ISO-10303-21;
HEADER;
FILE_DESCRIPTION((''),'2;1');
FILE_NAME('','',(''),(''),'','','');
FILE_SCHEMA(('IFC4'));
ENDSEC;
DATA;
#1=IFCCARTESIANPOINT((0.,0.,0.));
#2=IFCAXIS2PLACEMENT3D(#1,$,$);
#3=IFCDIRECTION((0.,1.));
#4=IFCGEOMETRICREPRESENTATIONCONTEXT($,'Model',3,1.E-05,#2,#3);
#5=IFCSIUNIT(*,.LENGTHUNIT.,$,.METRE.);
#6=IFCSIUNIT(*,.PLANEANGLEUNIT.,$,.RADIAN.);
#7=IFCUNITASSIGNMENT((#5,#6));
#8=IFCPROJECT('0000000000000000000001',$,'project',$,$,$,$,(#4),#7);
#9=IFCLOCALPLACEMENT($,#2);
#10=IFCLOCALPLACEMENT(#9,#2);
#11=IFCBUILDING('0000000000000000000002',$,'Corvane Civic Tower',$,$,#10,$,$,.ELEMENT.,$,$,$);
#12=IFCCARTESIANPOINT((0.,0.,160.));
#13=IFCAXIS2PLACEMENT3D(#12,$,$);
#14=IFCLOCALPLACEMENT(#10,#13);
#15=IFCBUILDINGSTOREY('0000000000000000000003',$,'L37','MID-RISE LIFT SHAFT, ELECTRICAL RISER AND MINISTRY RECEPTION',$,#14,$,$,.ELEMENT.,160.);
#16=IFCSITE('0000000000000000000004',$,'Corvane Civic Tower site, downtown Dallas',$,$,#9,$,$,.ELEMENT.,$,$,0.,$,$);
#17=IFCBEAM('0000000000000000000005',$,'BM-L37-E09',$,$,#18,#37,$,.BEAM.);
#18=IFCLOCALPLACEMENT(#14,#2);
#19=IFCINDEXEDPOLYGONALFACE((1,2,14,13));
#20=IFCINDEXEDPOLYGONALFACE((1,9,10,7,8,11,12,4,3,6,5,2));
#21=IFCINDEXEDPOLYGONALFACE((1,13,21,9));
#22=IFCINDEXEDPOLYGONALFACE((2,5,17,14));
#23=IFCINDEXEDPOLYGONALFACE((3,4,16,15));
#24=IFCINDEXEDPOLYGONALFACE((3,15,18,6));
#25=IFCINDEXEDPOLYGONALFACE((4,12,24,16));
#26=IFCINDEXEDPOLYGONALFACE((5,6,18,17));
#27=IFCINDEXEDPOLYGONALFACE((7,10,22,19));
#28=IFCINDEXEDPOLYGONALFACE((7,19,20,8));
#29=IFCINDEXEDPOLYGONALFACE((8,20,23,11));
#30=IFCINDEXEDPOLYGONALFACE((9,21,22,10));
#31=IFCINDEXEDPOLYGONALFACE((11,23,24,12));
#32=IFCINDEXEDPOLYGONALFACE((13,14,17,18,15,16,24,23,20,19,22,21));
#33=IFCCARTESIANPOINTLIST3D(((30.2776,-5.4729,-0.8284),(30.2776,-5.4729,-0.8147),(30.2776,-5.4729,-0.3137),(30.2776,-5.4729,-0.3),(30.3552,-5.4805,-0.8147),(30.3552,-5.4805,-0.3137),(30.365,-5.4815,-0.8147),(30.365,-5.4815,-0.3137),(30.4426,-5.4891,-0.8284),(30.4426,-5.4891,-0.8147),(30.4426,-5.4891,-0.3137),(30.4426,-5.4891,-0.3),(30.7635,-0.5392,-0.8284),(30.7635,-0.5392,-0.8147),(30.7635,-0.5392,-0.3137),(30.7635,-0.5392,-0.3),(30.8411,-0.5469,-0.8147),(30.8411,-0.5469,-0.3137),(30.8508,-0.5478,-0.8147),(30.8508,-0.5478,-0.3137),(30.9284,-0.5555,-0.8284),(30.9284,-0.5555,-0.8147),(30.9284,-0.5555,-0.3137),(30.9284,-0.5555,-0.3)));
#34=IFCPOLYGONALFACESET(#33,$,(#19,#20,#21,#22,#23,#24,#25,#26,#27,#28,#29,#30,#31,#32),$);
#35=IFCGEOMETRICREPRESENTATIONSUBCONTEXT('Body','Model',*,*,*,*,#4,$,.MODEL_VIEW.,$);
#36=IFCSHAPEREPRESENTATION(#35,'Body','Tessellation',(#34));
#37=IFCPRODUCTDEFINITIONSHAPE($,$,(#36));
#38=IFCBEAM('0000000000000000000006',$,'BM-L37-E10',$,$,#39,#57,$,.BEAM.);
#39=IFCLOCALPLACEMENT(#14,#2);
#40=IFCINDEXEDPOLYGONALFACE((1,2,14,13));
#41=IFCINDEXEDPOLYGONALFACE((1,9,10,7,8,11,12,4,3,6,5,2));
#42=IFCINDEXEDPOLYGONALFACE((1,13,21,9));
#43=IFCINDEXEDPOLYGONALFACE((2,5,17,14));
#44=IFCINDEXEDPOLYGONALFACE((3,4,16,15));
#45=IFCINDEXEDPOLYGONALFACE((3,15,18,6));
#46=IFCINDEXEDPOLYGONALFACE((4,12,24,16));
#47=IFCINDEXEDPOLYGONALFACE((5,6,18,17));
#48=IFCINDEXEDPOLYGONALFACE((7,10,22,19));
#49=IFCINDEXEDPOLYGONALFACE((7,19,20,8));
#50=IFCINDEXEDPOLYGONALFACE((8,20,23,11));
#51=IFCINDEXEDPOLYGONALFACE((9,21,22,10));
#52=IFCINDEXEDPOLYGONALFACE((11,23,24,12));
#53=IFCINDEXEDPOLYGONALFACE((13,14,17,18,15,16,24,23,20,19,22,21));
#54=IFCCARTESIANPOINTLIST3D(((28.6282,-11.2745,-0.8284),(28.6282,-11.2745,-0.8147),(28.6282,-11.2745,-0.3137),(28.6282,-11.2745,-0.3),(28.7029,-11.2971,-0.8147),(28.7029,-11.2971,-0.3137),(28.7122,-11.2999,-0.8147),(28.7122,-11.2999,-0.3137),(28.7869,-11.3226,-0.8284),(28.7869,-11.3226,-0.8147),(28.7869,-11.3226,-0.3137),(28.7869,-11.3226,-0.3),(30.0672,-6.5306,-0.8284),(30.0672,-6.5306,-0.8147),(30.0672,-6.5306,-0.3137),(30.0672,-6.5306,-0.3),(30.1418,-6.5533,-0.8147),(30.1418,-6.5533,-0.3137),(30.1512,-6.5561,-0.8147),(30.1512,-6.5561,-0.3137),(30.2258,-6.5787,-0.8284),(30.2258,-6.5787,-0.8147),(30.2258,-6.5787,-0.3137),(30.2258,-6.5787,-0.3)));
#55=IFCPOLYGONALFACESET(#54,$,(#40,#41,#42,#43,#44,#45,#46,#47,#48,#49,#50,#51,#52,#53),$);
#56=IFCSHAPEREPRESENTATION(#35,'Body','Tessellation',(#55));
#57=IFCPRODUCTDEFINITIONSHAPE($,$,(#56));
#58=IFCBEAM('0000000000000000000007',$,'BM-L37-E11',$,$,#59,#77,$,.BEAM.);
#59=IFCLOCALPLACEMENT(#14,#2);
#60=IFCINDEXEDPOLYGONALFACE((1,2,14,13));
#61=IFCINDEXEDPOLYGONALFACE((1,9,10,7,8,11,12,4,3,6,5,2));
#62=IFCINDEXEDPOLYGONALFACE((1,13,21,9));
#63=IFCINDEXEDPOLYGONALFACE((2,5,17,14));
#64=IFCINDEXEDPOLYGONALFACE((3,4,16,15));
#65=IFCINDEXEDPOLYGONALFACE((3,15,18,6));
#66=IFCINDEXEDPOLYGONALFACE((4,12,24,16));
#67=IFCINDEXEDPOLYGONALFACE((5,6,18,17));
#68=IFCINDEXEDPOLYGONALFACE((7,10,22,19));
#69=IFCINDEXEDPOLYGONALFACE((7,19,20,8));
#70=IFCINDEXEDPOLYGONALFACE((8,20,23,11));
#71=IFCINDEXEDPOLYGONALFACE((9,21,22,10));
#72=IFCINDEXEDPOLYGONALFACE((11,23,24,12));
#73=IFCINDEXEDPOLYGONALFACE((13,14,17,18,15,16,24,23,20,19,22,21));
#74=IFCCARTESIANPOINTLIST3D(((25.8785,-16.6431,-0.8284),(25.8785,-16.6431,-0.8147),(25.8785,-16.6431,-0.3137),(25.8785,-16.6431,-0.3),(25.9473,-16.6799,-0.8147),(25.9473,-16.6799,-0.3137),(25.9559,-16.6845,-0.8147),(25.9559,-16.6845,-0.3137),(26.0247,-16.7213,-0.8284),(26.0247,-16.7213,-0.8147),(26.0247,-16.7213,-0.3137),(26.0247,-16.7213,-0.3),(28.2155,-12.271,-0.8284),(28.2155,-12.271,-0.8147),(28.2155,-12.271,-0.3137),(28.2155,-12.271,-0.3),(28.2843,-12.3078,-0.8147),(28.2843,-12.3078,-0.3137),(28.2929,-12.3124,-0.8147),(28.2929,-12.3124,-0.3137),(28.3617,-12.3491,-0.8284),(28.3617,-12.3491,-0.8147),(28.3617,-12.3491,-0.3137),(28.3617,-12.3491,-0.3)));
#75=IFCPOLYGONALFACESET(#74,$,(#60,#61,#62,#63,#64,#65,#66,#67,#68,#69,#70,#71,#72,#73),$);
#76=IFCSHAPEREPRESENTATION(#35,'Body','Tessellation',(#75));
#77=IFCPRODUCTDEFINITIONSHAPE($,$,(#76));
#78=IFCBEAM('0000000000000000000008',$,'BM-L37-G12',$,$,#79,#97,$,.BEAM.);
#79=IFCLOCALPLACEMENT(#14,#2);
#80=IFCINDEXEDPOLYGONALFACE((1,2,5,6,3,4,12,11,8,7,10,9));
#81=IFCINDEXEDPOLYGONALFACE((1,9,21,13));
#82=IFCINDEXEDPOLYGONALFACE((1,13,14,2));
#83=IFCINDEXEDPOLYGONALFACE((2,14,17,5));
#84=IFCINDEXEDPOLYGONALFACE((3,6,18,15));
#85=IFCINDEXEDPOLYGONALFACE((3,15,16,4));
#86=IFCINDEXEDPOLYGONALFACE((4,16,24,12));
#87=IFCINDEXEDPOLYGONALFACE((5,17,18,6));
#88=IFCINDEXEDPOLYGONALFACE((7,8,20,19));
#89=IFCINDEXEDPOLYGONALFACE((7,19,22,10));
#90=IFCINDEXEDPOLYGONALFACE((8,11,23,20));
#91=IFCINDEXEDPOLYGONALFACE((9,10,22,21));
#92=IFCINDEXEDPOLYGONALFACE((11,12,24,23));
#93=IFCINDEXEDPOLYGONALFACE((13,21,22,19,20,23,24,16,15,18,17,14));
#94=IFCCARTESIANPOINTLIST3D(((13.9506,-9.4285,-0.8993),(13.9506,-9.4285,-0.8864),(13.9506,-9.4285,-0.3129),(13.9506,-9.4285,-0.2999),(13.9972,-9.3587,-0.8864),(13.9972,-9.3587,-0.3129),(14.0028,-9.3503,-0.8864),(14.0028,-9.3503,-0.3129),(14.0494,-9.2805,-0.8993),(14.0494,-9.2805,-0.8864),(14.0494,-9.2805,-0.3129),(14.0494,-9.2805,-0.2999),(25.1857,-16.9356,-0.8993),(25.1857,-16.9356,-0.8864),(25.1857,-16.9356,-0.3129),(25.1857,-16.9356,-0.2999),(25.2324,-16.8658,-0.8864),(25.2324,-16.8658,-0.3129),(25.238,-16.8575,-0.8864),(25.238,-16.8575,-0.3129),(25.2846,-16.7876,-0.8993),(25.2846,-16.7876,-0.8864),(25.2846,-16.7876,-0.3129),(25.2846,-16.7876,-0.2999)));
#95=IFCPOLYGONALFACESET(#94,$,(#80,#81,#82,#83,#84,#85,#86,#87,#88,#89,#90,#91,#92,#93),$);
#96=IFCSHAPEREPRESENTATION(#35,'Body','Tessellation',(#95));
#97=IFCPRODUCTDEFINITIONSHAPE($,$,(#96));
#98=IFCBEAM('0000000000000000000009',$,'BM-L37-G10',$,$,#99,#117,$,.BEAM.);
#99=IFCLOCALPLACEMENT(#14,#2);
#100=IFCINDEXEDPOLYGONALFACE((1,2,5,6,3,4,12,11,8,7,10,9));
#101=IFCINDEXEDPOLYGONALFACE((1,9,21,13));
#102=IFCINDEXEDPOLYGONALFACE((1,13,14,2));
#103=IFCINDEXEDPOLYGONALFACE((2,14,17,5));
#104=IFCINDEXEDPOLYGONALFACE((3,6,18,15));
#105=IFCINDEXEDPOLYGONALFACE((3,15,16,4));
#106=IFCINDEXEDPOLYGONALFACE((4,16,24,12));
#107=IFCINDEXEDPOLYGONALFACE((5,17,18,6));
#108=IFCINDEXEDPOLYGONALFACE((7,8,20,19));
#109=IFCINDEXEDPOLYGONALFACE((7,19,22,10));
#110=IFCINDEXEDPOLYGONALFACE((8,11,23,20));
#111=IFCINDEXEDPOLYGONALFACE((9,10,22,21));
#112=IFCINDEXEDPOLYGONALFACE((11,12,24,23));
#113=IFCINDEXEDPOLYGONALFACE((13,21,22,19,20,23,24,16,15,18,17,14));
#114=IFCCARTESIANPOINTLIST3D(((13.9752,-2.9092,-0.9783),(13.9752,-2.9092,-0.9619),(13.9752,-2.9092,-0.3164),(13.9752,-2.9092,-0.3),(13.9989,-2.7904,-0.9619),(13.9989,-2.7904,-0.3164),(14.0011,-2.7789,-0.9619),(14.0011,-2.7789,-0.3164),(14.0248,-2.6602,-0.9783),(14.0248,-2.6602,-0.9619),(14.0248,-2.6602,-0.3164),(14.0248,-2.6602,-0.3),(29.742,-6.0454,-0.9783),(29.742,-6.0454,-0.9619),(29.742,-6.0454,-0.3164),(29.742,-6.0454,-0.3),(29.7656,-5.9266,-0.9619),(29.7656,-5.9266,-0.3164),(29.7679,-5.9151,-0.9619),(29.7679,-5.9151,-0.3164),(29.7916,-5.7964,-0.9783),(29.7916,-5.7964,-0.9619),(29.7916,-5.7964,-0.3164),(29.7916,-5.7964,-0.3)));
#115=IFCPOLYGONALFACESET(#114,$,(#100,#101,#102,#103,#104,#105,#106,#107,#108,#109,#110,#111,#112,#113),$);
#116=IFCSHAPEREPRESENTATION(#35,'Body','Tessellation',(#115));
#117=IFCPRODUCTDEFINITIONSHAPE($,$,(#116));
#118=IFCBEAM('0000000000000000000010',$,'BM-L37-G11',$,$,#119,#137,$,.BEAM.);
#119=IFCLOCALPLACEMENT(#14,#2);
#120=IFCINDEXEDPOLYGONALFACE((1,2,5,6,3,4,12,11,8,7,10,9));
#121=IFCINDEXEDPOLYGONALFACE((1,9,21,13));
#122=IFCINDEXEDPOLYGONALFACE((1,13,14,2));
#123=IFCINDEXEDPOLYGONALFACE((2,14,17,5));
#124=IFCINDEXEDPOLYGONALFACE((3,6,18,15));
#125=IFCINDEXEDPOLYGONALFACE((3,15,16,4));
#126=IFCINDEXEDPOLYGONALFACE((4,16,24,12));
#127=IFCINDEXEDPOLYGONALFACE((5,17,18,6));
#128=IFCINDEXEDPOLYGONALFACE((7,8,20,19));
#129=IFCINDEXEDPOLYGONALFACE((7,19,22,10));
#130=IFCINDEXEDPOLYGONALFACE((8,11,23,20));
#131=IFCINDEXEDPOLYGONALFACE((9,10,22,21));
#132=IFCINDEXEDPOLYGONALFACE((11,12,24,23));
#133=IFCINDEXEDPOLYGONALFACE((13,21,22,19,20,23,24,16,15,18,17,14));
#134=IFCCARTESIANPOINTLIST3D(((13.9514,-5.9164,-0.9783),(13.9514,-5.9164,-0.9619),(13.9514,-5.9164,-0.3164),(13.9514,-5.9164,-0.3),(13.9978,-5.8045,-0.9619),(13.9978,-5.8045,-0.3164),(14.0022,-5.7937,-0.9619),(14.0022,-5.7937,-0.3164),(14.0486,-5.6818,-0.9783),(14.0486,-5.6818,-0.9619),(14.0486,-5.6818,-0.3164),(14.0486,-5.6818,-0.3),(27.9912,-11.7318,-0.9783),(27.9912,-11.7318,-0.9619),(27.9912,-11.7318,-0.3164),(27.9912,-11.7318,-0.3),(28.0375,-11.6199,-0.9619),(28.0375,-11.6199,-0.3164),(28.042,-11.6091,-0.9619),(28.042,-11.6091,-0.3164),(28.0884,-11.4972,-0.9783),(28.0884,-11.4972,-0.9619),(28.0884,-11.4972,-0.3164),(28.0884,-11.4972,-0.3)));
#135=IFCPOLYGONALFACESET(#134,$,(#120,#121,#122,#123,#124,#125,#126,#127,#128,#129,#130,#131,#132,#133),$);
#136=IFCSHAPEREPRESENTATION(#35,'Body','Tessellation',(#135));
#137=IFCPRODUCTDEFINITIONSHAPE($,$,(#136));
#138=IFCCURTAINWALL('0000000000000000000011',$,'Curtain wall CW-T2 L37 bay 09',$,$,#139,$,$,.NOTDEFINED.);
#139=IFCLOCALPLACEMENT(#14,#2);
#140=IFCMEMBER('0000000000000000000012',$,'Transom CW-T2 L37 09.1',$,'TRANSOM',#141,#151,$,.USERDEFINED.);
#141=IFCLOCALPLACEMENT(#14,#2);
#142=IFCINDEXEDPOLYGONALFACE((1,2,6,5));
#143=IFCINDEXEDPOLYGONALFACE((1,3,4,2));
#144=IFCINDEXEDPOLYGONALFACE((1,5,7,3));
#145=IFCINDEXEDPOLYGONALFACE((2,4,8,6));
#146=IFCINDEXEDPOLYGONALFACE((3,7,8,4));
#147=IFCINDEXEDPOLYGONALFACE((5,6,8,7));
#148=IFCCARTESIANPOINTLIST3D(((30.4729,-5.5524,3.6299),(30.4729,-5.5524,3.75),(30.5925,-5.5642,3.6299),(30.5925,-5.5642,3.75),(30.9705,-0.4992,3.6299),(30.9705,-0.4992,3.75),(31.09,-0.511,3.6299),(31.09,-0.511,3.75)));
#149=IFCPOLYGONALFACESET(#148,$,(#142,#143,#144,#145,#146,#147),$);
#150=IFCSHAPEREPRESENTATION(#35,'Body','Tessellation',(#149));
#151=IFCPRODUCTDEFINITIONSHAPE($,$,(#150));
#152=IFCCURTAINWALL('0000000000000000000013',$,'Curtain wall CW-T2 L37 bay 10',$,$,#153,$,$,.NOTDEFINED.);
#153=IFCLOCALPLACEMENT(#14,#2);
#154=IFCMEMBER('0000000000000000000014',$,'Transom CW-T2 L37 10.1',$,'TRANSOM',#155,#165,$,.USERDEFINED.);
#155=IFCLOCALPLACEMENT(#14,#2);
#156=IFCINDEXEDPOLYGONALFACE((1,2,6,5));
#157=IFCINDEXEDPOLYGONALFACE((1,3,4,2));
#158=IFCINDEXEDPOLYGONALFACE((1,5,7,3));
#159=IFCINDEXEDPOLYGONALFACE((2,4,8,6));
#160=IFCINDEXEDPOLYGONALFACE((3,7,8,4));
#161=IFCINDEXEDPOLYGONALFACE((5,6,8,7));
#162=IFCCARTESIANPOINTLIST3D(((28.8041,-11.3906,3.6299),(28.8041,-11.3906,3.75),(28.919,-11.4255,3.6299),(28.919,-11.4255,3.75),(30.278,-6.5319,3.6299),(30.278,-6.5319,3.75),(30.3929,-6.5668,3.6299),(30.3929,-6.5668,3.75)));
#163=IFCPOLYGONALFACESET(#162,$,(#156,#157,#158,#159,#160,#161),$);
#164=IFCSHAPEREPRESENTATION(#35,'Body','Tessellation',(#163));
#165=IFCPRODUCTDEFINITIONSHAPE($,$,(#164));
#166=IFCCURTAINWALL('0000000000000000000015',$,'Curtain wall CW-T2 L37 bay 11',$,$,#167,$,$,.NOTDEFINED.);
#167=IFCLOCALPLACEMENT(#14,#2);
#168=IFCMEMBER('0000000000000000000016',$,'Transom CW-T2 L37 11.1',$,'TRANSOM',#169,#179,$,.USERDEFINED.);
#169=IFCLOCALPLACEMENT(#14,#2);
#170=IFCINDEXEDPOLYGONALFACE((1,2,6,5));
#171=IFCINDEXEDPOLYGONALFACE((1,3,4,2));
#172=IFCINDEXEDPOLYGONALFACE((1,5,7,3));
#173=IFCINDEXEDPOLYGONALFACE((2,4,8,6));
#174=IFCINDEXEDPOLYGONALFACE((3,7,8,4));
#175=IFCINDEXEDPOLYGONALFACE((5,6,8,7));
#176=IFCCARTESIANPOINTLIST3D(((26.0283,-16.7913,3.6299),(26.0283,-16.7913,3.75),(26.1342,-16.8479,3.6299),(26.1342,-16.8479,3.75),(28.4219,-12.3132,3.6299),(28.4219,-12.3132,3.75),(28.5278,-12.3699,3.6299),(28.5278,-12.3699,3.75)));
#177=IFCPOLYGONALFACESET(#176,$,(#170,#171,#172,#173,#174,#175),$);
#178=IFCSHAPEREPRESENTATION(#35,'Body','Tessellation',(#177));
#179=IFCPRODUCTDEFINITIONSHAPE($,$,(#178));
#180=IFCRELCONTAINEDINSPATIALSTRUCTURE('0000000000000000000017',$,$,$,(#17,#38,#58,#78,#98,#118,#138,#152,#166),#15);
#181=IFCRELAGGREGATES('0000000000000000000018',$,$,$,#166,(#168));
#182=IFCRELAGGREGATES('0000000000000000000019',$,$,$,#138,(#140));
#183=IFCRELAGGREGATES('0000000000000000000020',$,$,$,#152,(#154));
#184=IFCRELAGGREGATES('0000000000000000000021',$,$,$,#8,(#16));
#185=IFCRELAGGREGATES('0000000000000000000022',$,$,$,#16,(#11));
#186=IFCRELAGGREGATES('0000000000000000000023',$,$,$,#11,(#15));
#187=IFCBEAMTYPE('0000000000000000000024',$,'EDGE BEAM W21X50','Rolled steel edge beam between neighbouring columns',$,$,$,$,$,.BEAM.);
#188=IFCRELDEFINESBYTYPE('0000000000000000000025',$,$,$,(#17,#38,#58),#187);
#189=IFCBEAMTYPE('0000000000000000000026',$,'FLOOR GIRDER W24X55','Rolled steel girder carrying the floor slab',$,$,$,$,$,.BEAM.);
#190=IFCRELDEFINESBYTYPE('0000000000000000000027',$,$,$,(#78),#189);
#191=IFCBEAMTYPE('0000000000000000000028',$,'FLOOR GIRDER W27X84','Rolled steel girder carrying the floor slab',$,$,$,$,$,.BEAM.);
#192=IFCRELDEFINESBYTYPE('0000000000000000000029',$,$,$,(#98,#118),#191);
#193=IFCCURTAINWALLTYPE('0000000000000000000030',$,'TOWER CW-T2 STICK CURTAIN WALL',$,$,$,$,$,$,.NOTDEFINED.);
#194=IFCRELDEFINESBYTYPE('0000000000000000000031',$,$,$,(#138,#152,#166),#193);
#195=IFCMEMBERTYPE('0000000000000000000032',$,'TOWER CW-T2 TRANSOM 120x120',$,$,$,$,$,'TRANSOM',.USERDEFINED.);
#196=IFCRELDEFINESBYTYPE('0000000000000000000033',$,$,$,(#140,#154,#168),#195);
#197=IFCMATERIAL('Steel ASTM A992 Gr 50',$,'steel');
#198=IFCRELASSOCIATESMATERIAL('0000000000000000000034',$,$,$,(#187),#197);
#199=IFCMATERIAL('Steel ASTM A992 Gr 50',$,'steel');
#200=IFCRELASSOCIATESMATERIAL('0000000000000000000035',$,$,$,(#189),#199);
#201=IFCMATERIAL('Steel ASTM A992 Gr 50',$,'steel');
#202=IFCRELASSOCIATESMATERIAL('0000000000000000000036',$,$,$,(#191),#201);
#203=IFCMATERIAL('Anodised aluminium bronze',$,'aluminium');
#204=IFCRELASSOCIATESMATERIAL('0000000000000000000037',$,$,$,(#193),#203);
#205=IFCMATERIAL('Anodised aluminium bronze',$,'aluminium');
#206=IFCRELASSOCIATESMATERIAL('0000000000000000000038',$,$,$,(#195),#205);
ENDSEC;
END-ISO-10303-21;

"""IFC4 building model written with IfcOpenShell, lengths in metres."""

from ifc_helpers import new_model, si_unit, direction, frame, origin, origin_2d, place, context, subcontext, project, spatial, rectangle, i_section, extrude, material, material_profile, profile_set, type_object, element, aggregate, save


model = new_model("IFC4")

# Units and contexts
model_context = context("Model", 3, precision=1e-05, world=origin(), true_north=direction((0.0, 1.0)))
body_context = subcontext(model_context, "Body", "Model", "MODEL_VIEW")
ifc_project = project(units=[si_unit("LENGTHUNIT", "METRE"), si_unit("PLANEANGLEUNIT", "RADIAN")], contexts=[model_context])

# Site, building, storey
site_placement = place(None, origin())
site = spatial("IfcSite", under=ifc_project, at=site_placement, Name="Corvane Civic Tower site, downtown Dallas", CompositionType="ELEMENT", RefElevation=0.0)
building_placement = place(site_placement, origin())
building = spatial("IfcBuilding", under=site, at=building_placement, Name="Corvane Civic Tower", CompositionType="ELEMENT")
storey_placement = place(building_placement, frame((0.0, 0.0, 160.0)))
storey = spatial("IfcBuildingStorey", under=building, at=storey_placement, Name="L37", Description="MID-RISE LIFT SHAFT, ELECTRICAL RISER AND MINISTRY RECEPTION", CompositionType="ELEMENT", Elevation=160.0)

# Beams
ifc_material_1 = material(Name="Steel ASTM A992 Gr 50", Category="steel")
ifc_material_profile_1 = material_profile(ifc_material_1, i_section(OverallWidth=0.1658, OverallDepth=0.5283, WebThickness=0.0098, FlangeThickness=0.0137, at=origin_2d()), Name="W21X50")
ifc_profile_set_1 = profile_set([ifc_material_profile_1], Name="Steel ASTM A992 Gr 50")
beam_type_1 = type_object("IfcBeamType", Name="EDGE BEAM W21X50", Description="Rolled steel edge beam between neighbouring columns", PredefinedType="BEAM", material=ifc_profile_set_1)
beam_1_placement = place(storey_placement, frame((30.8459, -0.5474, -0.5642), z_axis=(-0.098002, -0.995186, 0.0), x_axis=(0.995186, -0.098002, 0.0)))
element("IfcBeam", 1, at=beam_1_placement, inside=storey, type_object=beam_type_1, Name="BM-L37-E09", PredefinedType="BEAM", context=body_context, shape_type="SweptSolid", body=[
    extrude(i_section(OverallWidth=0.1658, OverallDepth=0.5283, WebThickness=0.0098, FlangeThickness=0.0137, at=origin_2d()), origin(), (0.0, 0.0, 1.0), 4.9575),
])
beam_2_placement = place(storey_placement, frame((30.1465, -6.5547, -0.5642), z_axis=(-0.29027, -0.956945, 0.0), x_axis=(0.956945, -0.29027, 0.0)))
element("IfcBeam", 2, at=beam_2_placement, inside=storey, type_object=beam_type_1, Name="BM-L37-E10", PredefinedType="BEAM", context=body_context, shape_type="SweptSolid", body=[
    extrude(i_section(OverallWidth=0.1658, OverallDepth=0.5283, WebThickness=0.0098, FlangeThickness=0.0137, at=origin_2d()), origin(), (0.0, 0.0, 1.0), 4.9573),
])
beam_3_placement = place(storey_placement, frame((28.2886, -12.3101, -0.5642), z_axis=(-0.471396, -0.881922, 0.0), x_axis=(0.881922, -0.471396, 0.0)))
element("IfcBeam", 3, at=beam_3_placement, inside=storey, type_object=beam_type_1, Name="BM-L37-E11", PredefinedType="BEAM", context=body_context, shape_type="SweptSolid", body=[
    extrude(i_section(OverallWidth=0.1658, OverallDepth=0.5283, WebThickness=0.0098, FlangeThickness=0.0137, at=origin_2d()), origin(), (0.0, 0.0, 1.0), 4.9575),
])
ifc_material_2 = material(Name="Steel ASTM A992 Gr 50", Category="steel")
ifc_material_profile_2 = material_profile(ifc_material_2, i_section(OverallWidth=0.178, OverallDepth=0.5994, WebThickness=0.01, FlangeThickness=0.0129, at=origin_2d()), Name="W24X55")
ifc_profile_set_2 = profile_set([ifc_material_profile_2], Name="Steel ASTM A992 Gr 50")
beam_type_2 = type_object("IfcBeamType", Name="FLOOR GIRDER W24X55", Description="Rolled steel girder carrying the floor slab", PredefinedType="BEAM", material=ifc_profile_set_2)
beam_4_placement = place(storey_placement, frame((14.0, -9.3545, -0.5996), z_axis=(0.831469, -0.555571, 0.0), x_axis=(0.555571, 0.831469, 0.0)))
element("IfcBeam", 4, at=beam_4_placement, inside=storey, type_object=beam_type_2, Name="BM-L37-G12", PredefinedType="BEAM", context=body_context, shape_type="SweptSolid", body=[
    extrude(i_section(OverallWidth=0.178, OverallDepth=0.5994, WebThickness=0.01, FlangeThickness=0.0129, at=origin_2d()), origin(), (0.0, 0.0, 1.0), 13.5125),
])
ifc_material_3 = material(Name="Steel ASTM A992 Gr 50", Category="steel")
ifc_material_profile_3 = material_profile(ifc_material_3, i_section(OverallWidth=0.2539, OverallDepth=0.6782, WebThickness=0.0117, FlangeThickness=0.0164, at=origin_2d()), Name="W27X84")
ifc_profile_set_3 = profile_set([ifc_material_profile_3], Name="Steel ASTM A992 Gr 50")
beam_type_3 = type_object("IfcBeamType", Name="FLOOR GIRDER W27X84", Description="Rolled steel girder carrying the floor slab", PredefinedType="BEAM", material=ifc_profile_set_3)
beam_5_placement = place(storey_placement, frame((14.0, -2.7847, -0.6392), z_axis=(0.980785, -0.195091, 0.0), x_axis=(0.195091, 0.980785, 0.0)))
element("IfcBeam", 5, at=beam_5_placement, inside=storey, type_object=beam_type_3, Name="BM-L37-G10", PredefinedType="BEAM", context=body_context, shape_type="SweptSolid", body=[
    extrude(i_section(OverallWidth=0.2539, OverallDepth=0.6782, WebThickness=0.0117, FlangeThickness=0.0164, at=origin_2d()), origin(), (0.0, 0.0, 1.0), 16.0757),
])
beam_6_placement = place(storey_placement, frame((14.0, -5.7991, -0.6392), z_axis=(0.923881, -0.382681, 0.0), x_axis=(0.382681, 0.923881, 0.0)))
element("IfcBeam", 6, at=beam_6_placement, inside=storey, type_object=beam_type_3, Name="BM-L37-G11", PredefinedType="BEAM", context=body_context, shape_type="SweptSolid", body=[
    extrude(i_section(OverallWidth=0.2539, OverallDepth=0.6782, WebThickness=0.0117, FlangeThickness=0.0164, at=origin_2d()), origin(), (0.0, 0.0, 1.0), 15.1965),
])

# Curtain walls, members
ifc_material_4 = material(Name="Anodised aluminium bronze", Category="aluminium")
curtain_wall_type = type_object("IfcCurtainWallType", Name="TOWER CW-T2 STICK CURTAIN WALL", PredefinedType="NOTDEFINED", material=ifc_material_4)
curtain_wall_1_placement = place(storey_placement, origin())
curtain_wall_1 = element("IfcCurtainWall", 7, at=curtain_wall_1_placement, inside=storey, type_object=curtain_wall_type, Name="Curtain wall CW-T2 L37 bay 09", PredefinedType="NOTDEFINED")
ifc_material_5 = material(Name="Anodised aluminium bronze", Category="aluminium")
ifc_material_profile_4 = material_profile(ifc_material_5, rectangle(XDim=0.1201, YDim=0.1201, at=origin_2d()), Name="TOWER CW-T2 TRANSOM 120x120")
ifc_profile_set_4 = profile_set([ifc_material_profile_4], Name="Anodised aluminium bronze")
member_type = type_object("IfcMemberType", Name="TOWER CW-T2 TRANSOM 120x120", ElementType="TRANSOM", PredefinedType="USERDEFINED", material=ifc_profile_set_4)
member_1_placement = place(storey_placement, frame((31.0303, -0.5051, 3.6899), z_axis=(-0.09799, -0.995187, 0.0), x_axis=(0.995187, -0.09799, 0.0)))
member_1 = element("IfcMember", 8, at=member_1_placement, type_object=member_type, Name="Transom CW-T2 L37 09.1", ObjectType="TRANSOM", PredefinedType="USERDEFINED", context=body_context, shape_type="SweptSolid", body=[
    extrude(rectangle(XDim=0.1201, YDim=0.1201, at=origin_2d()), origin(), (0.0, 0.0, 1.0), 5.0776),
])
curtain_wall_2_placement = place(storey_placement, origin())
curtain_wall_2 = element("IfcCurtainWall", 9, at=curtain_wall_2_placement, inside=storey, type_object=curtain_wall_type, Name="Curtain wall CW-T2 L37 bay 10", PredefinedType="NOTDEFINED")
member_2_placement = place(storey_placement, frame((30.3354, -6.5493, 3.6899), z_axis=(-0.290289, -0.956939, 0.0), x_axis=(0.956939, -0.290289, 0.0)))
member_2 = element("IfcMember", 10, at=member_2_placement, type_object=member_type, Name="Transom CW-T2 L37 10.1", ObjectType="TRANSOM", PredefinedType="USERDEFINED", context=body_context, shape_type="SweptSolid", body=[
    extrude(rectangle(XDim=0.1201, YDim=0.1201, at=origin_2d()), origin(), (0.0, 0.0, 1.0), 5.0774),
])
curtain_wall_3_placement = place(storey_placement, origin())
curtain_wall_3 = element("IfcCurtainWall", 11, at=curtain_wall_3_placement, inside=storey, type_object=curtain_wall_type, Name="Curtain wall CW-T2 L37 bay 11", PredefinedType="NOTDEFINED")
member_3_placement = place(storey_placement, frame((28.4749, -12.3416, 3.6899), z_axis=(-0.471397, -0.881921, 0.0), x_axis=(0.881921, -0.471397, 0.0)))
member_3 = element("IfcMember", 12, at=member_3_placement, type_object=member_type, Name="Transom CW-T2 L37 11.1", ObjectType="TRANSOM", PredefinedType="USERDEFINED", context=body_context, shape_type="SweptSolid", body=[
    extrude(rectangle(XDim=0.1201, YDim=0.1201, at=origin_2d()), origin(), (0.0, 0.0, 1.0), 5.0776),
])
aggregate(curtain_wall_3, [member_3])

aggregate(curtain_wall_1, [member_1])
aggregate(curtain_wall_2, [member_2])

save(model, "model.ifc")
